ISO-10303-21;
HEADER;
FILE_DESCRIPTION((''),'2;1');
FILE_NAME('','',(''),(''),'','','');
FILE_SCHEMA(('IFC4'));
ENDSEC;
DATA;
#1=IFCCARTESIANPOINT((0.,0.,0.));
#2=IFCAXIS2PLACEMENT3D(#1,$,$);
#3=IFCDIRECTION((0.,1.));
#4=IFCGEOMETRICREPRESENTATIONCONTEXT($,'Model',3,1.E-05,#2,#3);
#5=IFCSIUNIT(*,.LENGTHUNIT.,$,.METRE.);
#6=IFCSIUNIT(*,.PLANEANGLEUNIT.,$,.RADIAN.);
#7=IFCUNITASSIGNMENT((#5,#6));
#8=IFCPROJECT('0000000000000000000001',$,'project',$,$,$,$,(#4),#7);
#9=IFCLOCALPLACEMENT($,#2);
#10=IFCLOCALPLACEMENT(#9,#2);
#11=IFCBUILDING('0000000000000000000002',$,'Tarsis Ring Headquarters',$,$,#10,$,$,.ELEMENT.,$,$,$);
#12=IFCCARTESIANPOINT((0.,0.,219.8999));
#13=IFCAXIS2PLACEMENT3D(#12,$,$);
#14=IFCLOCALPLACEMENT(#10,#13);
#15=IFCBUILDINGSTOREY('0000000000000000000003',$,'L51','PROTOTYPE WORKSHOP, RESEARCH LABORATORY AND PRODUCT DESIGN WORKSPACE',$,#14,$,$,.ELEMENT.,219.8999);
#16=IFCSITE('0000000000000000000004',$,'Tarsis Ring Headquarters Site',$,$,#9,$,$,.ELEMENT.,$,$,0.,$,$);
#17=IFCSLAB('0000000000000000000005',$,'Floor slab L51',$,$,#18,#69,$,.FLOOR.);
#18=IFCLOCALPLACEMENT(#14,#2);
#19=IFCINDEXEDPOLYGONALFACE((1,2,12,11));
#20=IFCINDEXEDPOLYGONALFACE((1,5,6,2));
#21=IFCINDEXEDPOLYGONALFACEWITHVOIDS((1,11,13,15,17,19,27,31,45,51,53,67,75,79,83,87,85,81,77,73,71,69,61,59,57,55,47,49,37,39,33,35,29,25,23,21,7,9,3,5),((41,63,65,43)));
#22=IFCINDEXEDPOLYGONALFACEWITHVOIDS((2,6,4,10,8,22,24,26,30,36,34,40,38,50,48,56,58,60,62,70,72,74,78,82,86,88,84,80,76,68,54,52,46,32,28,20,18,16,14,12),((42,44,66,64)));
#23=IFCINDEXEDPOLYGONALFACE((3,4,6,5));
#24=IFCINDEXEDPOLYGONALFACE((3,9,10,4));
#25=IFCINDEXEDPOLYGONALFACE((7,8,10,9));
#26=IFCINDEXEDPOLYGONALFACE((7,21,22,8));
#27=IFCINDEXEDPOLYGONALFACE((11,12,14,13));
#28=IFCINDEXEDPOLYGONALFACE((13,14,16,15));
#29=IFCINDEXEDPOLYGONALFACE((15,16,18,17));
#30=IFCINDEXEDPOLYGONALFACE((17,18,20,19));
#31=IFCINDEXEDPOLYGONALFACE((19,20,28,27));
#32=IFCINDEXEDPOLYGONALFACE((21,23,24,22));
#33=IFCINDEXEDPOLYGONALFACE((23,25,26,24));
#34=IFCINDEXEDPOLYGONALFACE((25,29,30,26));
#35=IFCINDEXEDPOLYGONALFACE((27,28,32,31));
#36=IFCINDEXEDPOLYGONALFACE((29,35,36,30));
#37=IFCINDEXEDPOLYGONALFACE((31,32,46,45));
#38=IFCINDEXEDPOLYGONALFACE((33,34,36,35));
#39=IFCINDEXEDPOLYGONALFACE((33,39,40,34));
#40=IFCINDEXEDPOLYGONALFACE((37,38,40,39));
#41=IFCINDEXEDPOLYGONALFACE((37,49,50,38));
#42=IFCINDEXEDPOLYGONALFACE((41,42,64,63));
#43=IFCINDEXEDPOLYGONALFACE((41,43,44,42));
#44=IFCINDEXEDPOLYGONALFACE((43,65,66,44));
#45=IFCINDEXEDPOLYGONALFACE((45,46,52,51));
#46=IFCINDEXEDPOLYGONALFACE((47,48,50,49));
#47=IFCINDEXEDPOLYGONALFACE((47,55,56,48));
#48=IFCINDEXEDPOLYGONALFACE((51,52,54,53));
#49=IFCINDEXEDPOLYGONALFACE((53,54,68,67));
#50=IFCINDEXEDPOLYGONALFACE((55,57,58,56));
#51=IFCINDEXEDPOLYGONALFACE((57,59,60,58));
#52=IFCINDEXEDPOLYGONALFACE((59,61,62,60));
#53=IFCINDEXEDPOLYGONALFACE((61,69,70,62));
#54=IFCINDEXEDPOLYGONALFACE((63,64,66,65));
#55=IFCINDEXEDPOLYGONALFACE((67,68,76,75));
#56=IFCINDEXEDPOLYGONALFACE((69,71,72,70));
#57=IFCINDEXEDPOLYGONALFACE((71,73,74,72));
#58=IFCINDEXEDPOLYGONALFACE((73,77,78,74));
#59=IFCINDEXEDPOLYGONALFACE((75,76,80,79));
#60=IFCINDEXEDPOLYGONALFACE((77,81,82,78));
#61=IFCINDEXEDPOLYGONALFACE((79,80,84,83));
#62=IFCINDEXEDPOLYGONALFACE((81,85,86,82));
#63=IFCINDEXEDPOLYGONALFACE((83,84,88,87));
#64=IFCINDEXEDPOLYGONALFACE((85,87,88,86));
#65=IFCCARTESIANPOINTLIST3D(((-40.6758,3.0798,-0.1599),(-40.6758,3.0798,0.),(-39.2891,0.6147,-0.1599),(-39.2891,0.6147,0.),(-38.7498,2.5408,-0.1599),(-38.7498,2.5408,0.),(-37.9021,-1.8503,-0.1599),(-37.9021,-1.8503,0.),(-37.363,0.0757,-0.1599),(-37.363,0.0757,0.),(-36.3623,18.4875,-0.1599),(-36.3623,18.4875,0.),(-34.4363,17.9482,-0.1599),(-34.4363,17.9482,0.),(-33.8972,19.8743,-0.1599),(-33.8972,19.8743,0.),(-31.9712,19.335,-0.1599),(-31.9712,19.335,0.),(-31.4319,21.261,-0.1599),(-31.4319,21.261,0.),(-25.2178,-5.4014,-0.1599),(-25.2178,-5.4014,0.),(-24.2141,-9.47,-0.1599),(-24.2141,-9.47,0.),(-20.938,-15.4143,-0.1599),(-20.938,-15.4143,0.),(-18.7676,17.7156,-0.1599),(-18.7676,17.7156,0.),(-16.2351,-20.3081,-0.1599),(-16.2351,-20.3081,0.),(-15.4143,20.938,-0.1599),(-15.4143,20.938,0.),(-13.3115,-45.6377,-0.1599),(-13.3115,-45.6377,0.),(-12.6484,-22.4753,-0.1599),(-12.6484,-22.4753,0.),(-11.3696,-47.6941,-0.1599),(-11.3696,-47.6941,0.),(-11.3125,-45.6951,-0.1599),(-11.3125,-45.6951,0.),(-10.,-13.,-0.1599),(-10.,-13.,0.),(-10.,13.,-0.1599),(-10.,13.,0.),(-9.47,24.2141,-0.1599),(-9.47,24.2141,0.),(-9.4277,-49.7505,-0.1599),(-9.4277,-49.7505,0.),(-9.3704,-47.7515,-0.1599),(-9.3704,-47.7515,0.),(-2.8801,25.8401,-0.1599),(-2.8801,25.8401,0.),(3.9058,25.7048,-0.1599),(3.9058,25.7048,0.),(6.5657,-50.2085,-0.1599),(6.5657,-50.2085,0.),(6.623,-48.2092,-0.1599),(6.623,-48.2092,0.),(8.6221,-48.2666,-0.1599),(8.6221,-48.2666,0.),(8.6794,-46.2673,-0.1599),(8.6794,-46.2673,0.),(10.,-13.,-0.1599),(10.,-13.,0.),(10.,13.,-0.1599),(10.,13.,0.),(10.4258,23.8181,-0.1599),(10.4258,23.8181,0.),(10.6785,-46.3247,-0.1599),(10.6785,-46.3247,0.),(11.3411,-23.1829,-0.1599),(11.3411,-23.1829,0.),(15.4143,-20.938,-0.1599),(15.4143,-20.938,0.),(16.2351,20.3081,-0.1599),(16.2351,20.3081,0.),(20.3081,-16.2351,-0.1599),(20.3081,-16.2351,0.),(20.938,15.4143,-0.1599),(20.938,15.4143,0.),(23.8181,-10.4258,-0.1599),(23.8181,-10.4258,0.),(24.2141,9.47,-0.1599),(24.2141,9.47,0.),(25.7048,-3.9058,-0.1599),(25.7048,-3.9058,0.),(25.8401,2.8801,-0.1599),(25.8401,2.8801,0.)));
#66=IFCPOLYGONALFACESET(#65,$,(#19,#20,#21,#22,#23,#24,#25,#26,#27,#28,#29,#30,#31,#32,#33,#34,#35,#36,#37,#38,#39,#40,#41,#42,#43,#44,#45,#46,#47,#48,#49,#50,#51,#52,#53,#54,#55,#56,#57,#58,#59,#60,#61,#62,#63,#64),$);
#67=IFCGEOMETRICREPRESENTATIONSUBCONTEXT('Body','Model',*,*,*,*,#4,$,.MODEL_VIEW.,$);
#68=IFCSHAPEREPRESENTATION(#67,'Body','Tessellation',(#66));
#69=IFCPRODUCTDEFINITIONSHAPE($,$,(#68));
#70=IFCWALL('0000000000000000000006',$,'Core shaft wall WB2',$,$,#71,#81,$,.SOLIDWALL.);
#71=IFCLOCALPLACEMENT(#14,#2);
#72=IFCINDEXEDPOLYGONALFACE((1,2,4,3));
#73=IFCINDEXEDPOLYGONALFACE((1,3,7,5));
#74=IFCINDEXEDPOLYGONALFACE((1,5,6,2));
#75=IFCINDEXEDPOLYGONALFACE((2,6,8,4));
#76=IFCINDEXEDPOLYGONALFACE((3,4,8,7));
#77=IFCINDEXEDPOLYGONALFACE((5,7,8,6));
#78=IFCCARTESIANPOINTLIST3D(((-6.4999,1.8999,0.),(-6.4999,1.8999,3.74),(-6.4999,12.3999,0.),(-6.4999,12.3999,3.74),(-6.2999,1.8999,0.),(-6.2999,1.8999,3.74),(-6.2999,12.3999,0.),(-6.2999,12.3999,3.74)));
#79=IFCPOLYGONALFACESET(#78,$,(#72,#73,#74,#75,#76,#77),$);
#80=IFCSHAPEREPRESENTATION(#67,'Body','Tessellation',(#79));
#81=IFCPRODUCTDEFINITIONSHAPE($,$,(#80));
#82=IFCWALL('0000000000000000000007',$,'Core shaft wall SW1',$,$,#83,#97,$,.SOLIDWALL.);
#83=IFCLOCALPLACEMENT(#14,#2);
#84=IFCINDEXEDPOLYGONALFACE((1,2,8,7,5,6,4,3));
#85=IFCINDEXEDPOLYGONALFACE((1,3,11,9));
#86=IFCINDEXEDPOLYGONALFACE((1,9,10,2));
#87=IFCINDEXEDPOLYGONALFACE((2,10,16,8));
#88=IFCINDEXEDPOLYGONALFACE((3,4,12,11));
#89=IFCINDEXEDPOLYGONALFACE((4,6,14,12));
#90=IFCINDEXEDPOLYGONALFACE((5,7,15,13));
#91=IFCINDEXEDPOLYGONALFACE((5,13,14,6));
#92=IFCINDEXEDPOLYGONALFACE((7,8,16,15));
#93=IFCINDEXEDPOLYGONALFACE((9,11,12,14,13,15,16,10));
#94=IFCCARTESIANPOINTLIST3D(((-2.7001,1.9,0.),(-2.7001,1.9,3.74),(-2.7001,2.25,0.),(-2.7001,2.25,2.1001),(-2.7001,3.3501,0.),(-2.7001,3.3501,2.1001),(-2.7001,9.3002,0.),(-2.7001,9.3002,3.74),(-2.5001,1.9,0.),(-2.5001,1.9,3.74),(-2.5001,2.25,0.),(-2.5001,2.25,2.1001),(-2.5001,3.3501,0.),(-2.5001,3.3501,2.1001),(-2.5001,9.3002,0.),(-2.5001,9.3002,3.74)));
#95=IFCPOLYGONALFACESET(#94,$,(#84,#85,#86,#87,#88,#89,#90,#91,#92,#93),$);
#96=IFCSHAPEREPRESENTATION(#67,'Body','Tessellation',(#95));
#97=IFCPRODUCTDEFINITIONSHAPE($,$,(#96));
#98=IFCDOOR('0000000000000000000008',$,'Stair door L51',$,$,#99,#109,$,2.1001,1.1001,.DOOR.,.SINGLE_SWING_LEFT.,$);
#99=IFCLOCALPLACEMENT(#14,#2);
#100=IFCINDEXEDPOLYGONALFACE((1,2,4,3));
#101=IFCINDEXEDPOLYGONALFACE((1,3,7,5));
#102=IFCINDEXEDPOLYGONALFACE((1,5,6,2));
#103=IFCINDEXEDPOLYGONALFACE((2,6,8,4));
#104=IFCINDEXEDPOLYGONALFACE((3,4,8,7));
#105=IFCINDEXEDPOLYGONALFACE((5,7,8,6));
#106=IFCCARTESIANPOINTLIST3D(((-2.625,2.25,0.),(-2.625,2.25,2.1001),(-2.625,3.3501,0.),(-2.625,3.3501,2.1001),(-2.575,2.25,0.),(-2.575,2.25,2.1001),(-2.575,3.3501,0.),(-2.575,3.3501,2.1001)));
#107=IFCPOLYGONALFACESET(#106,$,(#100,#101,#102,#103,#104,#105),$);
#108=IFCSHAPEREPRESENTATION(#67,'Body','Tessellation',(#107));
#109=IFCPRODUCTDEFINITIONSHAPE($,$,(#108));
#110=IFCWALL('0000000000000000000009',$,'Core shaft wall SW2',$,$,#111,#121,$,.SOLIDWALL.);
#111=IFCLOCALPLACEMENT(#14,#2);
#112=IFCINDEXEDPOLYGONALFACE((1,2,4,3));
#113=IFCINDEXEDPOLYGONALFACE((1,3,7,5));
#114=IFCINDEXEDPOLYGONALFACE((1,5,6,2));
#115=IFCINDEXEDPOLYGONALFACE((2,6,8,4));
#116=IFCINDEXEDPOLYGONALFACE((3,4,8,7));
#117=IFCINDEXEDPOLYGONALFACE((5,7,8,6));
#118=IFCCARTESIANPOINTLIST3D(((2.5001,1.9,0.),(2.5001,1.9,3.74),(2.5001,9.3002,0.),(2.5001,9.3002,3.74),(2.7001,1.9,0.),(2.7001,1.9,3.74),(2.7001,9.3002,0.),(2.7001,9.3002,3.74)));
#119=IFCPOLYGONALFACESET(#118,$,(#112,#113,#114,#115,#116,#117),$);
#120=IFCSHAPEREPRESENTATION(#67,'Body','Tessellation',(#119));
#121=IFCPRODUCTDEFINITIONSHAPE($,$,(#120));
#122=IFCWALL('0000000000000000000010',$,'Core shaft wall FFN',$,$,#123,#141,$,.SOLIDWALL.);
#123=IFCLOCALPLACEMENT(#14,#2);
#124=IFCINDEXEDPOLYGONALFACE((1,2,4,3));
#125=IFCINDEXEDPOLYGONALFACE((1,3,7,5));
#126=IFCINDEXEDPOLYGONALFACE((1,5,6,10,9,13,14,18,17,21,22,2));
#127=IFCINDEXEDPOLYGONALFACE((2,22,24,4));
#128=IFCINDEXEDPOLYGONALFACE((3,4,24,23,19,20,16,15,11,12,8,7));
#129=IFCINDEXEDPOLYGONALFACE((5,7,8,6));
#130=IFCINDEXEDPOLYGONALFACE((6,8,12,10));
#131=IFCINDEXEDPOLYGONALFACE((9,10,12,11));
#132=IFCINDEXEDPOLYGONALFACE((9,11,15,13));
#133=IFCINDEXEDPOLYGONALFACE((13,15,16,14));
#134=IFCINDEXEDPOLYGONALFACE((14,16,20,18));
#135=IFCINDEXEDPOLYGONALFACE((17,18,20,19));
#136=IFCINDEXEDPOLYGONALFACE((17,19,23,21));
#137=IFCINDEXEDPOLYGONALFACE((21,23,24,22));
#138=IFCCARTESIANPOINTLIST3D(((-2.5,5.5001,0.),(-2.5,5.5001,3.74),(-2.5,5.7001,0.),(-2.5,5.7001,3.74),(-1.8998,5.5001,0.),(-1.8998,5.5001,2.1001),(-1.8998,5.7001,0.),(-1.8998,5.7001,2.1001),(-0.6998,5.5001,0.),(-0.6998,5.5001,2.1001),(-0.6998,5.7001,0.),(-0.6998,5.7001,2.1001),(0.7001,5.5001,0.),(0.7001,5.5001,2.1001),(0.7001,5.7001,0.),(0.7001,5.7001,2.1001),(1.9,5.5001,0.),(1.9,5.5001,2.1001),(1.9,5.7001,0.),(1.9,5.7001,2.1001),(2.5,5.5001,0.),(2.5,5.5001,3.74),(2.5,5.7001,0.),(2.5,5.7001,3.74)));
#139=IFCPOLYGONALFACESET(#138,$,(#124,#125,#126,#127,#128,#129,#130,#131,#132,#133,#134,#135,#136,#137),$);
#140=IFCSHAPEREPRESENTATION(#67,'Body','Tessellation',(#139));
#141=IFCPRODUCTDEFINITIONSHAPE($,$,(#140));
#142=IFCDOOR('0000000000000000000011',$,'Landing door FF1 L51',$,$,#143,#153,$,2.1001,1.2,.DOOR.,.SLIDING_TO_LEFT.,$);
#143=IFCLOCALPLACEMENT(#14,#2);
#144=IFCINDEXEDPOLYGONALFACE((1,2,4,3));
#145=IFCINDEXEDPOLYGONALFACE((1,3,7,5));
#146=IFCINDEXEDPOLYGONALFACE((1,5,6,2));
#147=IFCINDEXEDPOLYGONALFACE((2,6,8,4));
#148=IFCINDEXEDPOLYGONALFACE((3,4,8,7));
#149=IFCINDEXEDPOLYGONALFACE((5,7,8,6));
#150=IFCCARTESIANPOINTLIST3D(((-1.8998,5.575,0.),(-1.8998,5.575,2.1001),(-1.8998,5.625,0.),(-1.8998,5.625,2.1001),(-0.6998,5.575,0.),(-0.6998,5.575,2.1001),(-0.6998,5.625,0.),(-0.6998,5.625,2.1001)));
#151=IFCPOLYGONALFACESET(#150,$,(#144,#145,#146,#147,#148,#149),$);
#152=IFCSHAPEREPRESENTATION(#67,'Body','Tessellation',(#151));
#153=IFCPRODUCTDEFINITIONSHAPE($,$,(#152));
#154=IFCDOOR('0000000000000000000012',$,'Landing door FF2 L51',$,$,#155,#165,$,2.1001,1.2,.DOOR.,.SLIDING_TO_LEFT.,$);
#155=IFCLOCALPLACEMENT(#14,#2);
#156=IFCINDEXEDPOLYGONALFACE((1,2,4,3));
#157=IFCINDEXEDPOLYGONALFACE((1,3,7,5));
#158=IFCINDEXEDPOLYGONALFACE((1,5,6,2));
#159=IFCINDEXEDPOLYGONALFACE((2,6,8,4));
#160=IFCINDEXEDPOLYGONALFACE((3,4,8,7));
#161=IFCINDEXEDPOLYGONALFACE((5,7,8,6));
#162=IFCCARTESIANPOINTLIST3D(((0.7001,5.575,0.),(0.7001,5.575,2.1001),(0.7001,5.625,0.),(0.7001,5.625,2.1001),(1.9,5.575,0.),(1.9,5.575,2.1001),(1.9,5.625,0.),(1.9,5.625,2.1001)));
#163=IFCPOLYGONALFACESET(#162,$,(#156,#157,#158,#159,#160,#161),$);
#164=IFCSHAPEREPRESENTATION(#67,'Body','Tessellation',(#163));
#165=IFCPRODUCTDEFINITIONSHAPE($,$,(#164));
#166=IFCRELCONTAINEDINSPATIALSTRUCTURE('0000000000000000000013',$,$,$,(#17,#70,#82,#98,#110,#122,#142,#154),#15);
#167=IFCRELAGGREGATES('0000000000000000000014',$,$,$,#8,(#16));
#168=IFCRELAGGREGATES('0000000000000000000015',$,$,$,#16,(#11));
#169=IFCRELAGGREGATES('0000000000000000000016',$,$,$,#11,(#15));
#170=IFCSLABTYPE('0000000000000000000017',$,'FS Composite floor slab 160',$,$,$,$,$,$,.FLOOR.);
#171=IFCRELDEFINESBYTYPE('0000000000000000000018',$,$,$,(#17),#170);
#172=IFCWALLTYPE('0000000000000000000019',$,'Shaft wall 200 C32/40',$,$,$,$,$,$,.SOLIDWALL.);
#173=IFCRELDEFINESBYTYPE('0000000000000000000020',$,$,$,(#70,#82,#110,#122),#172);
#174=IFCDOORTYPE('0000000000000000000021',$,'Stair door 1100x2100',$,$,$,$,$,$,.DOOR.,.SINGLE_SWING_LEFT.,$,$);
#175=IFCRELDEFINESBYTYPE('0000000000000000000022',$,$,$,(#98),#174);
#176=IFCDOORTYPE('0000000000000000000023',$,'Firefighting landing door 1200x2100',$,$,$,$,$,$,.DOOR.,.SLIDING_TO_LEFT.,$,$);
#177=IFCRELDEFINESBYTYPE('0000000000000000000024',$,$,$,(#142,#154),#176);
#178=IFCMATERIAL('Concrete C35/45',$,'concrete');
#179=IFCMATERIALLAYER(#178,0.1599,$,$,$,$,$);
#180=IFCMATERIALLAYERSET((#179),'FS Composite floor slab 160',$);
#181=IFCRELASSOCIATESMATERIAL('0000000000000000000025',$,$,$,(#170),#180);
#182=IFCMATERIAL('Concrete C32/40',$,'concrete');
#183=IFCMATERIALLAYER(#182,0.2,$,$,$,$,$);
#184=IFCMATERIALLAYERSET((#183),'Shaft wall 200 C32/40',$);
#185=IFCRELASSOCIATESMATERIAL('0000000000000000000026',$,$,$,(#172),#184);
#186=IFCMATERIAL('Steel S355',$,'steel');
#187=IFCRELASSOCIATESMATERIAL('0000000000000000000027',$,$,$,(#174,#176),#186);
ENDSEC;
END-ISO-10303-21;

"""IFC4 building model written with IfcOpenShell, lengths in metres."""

from ifc_helpers import new_model, si_unit, direction, frame, frame_2d, origin, place, context, subcontext, project, spatial, polyline, rectangle, outline, extrude, material, layer, layer_set, type_object, element, fill, save


model = new_model("IFC4")

# Units and contexts
model_context = context("Model", 3, precision=1e-05, world=origin(), true_north=direction((0.0, 1.0)))
body_context = subcontext(model_context, "Body", "Model", "MODEL_VIEW")
ifc_project = project(units=[si_unit("LENGTHUNIT", "METRE"), si_unit("PLANEANGLEUNIT", "RADIAN")], contexts=[model_context])

# Site, building, storey
site_placement = place(None, origin())
site = spatial("IfcSite", under=ifc_project, at=site_placement, Name="Tarsis Ring Headquarters Site", CompositionType="ELEMENT", RefElevation=0.0)
building_placement = place(site_placement, origin())
building = spatial("IfcBuilding", under=site, at=building_placement, Name="Tarsis Ring Headquarters", CompositionType="ELEMENT")
storey_placement = place(building_placement, frame((0.0, 0.0, 219.8999)))
storey = spatial("IfcBuildingStorey", under=building, at=storey_placement, Name="L51", Description="PROTOTYPE WORKSHOP, RESEARCH LABORATORY AND PRODUCT DESIGN WORKSPACE", CompositionType="ELEMENT", Elevation=219.8999)

# Slab
ifc_material_1 = material(Name="Concrete C35/45", Category="concrete")
ifc_layer_1 = layer(ifc_material_1, 0.1599)
ifc_layer_set_1 = layer_set([ifc_layer_1], Name="FS Composite floor slab 160")
slab_type_1 = type_object("IfcSlabType", Name="FS Composite floor slab 160", PredefinedType="FLOOR", material=ifc_layer_set_1)
slab_1_placement = place(storey_placement, frame((0.0, 0.0, -0.1599)))
element("IfcSlab", 1, at=slab_1_placement, inside=storey, type_object=slab_type_1, Name="Floor slab L51", PredefinedType="FLOOR", context=body_context, shape_type="SweptSolid", body=[
    extrude(outline(polyline([(-25.2178, -5.4014), (-24.2141, -9.47), (-20.938, -15.4143), (-16.2351, -20.3081), (-12.6484, -22.4753), (-13.3115, -45.6377), (-11.3125, -45.6951), (-11.3696, -47.6941), (-9.3704, -47.7515), (-9.4277, -49.7505), (6.5657, -50.2085), (6.623, -48.2092), (8.6221, -48.2666), (8.6794, -46.2673), (10.6785, -46.3247), (11.3411, -23.1829), (15.4143, -20.938), (20.3081, -16.2351), (23.8181, -10.4258), (25.7048, -3.9058), (25.8401, 2.8801), (24.2141, 9.47), (20.938, 15.4143), (16.2351, 20.3081), (10.4258, 23.8181), (3.9058, 25.7048), (-2.8801, 25.8401), (-9.47, 24.2141), (-15.4143, 20.938), (-18.7676, 17.7156), (-31.4319, 21.261), (-31.9712, 19.335), (-33.8972, 19.8743), (-34.4363, 17.9482), (-36.3623, 18.4875), (-40.6758, 3.0798), (-38.7498, 2.5408), (-39.2891, 0.6147), (-37.363, 0.0757), (-37.9021, -1.8503), (-25.2178, -5.4014)]), holes=[polyline([(-10.0, -13.0), (-10.0, 13.0), (10.0, 13.0), (10.0, -13.0), (-10.0, -13.0)])]), origin(), (0.0, 0.0, 1.0), 0.1599),
])

# Wall
ifc_material_2 = material(Name="Concrete C32/40", Category="concrete")
ifc_layer_2 = layer(ifc_material_2, 0.2)
ifc_layer_set_2 = layer_set([ifc_layer_2], Name="Shaft wall 200 C32/40")
wall_type = type_object("IfcWallType", Name="Shaft wall 200 C32/40", PredefinedType="SOLIDWALL", material=ifc_layer_set_2)
wall_1_placement = place(storey_placement, frame((-6.3999, 1.8999, 0.0), z_axis=(0.0, 0.0, 1.0), x_axis=(0.0, 1.0, 0.0)))
element("IfcWall", 2, at=wall_1_placement, inside=storey, type_object=wall_type, Name="Core shaft wall WB2", PredefinedType="SOLIDWALL", context=body_context, shape_type="SweptSolid", body=[
    extrude(rectangle(XDim=10.5, YDim=0.2, at=frame_2d((5.25, 0.0))), origin(), (0.0, 0.0, 1.0), 3.74),
])

# Wall, opening, door
wall_2_placement = place(storey_placement, frame((-2.6001, 1.8999, 0.0), z_axis=(0.0, 0.0, 1.0), x_axis=(0.0, 1.0, 0.0)))
wall_2 = element("IfcWall", 3, at=wall_2_placement, inside=storey, type_object=wall_type, Name="Core shaft wall SW1", PredefinedType="SOLIDWALL", context=body_context, shape_type="SweptSolid", body=[
    extrude(rectangle(XDim=7.4001, YDim=0.2, at=frame_2d((3.7002, 0.0))), origin(), (0.0, 0.0, 1.0), 3.74),
])
opening_1_placement = place(wall_2_placement, frame((0.3501, 0.0, 0.0)))
opening_1 = element("IfcOpeningElement", 4, at=opening_1_placement, cuts=wall_2, PredefinedType="OPENING", context=body_context, shape_type="SweptSolid", body=[
    extrude(rectangle(XDim=1.1001, YDim=2.1001, at=frame_2d((0.55, 1.05))), frame((0.0, 0.1099, 0.0), z_axis=(0.0, -1.0, 0.0), x_axis=(1.0, 0.0, 0.0)), (0.0, 0.0, 1.0), 0.22),
])
ifc_material_3 = material(Name="Steel S355", Category="steel")
door_type_1 = type_object("IfcDoorType", Name="Stair door 1100x2100", OperationType="SINGLE_SWING_LEFT", PredefinedType="DOOR", material=ifc_material_3)
door_1_placement = place(opening_1_placement, origin())
door_1 = element("IfcDoor", 5, at=door_1_placement, inside=storey, type_object=door_type_1, Name="Stair door L51", OperationType="SINGLE_SWING_LEFT", OverallHeight=2.1001, OverallWidth=1.1001, PredefinedType="DOOR", context=body_context, shape_type="SweptSolid", body=[
    extrude(rectangle(XDim=1.1001, YDim=2.1001, at=frame_2d((0.55, 1.05))), frame((0.0, 0.0249, 0.0), z_axis=(0.0, -1.0, 0.0), x_axis=(1.0, 0.0, 0.0)), (0.0, 0.0, 1.0), 0.05),
])
fill(opening_1, door_1)

# Wall
wall_3_placement = place(storey_placement, frame((2.6001, 1.8999, 0.0), z_axis=(0.0, 0.0, 1.0), x_axis=(0.0, 1.0, 0.0)))
element("IfcWall", 6, at=wall_3_placement, inside=storey, type_object=wall_type, Name="Core shaft wall SW2", PredefinedType="SOLIDWALL", context=body_context, shape_type="SweptSolid", body=[
    extrude(rectangle(XDim=7.4001, YDim=0.2, at=frame_2d((3.7002, 0.0))), origin(), (0.0, 0.0, 1.0), 3.74),
])

# Wall, openings, doors
wall_4_placement = place(storey_placement, frame((-2.5, 5.6001, 0.0), z_axis=(0.0, 0.0, 1.0), x_axis=(1.0, 0.0, 0.0)))
wall_4 = element("IfcWall", 7, at=wall_4_placement, inside=storey, type_object=wall_type, Name="Core shaft wall FFN", PredefinedType="SOLIDWALL", context=body_context, shape_type="SweptSolid", body=[
    extrude(rectangle(XDim=5.0, YDim=0.2, at=frame_2d((2.5, 0.0))), origin(), (0.0, 0.0, 1.0), 3.74),
])
opening_2_placement = place(wall_4_placement, frame((0.6001, 0.0, 0.0)))
opening_2 = element("IfcOpeningElement", 8, at=opening_2_placement, cuts=wall_4, PredefinedType="OPENING", context=body_context, shape_type="SweptSolid", body=[
    extrude(rectangle(XDim=1.2, YDim=2.1001, at=frame_2d((0.6001, 1.05))), frame((0.0, 0.1099, 0.0), z_axis=(0.0, -1.0, 0.0), x_axis=(1.0, 0.0, 0.0)), (0.0, 0.0, 1.0), 0.22),
])
opening_3_placement = place(wall_4_placement, frame((3.2, 0.0, 0.0)))
opening_3 = element("IfcOpeningElement", 9, at=opening_3_placement, cuts=wall_4, PredefinedType="OPENING", context=body_context, shape_type="SweptSolid", body=[
    extrude(rectangle(XDim=1.2, YDim=2.1001, at=frame_2d((0.6001, 1.05))), frame((0.0, 0.1099, 0.0), z_axis=(0.0, -1.0, 0.0), x_axis=(1.0, 0.0, 0.0)), (0.0, 0.0, 1.0), 0.22),
])
door_type_2 = type_object("IfcDoorType", Name="Firefighting landing door 1200x2100", OperationType="SLIDING_TO_LEFT", PredefinedType="DOOR", material=ifc_material_3)
door_2_placement = place(opening_2_placement, origin())
door_2 = element("IfcDoor", 10, at=door_2_placement, inside=storey, type_object=door_type_2, Name="Landing door FF1 L51", OperationType="SLIDING_TO_LEFT", OverallHeight=2.1001, OverallWidth=1.2, PredefinedType="DOOR", context=body_context, shape_type="SweptSolid", body=[
    extrude(rectangle(XDim=1.2, YDim=2.1001, at=frame_2d((0.6001, 1.05))), frame((0.0, 0.0249, 0.0), z_axis=(0.0, -1.0, 0.0), x_axis=(1.0, 0.0, 0.0)), (0.0, 0.0, 1.0), 0.05),
])
fill(opening_2, door_2)
door_3_placement = place(opening_3_placement, origin())
door_3 = element("IfcDoor", 11, at=door_3_placement, inside=storey, type_object=door_type_2, Name="Landing door FF2 L51", OperationType="SLIDING_TO_LEFT", OverallHeight=2.1001, OverallWidth=1.2, PredefinedType="DOOR", context=body_context, shape_type="SweptSolid", body=[
    extrude(rectangle(XDim=1.2, YDim=2.1001, at=frame_2d((0.6001, 1.05))), frame((0.0, 0.0249, 0.0), z_axis=(0.0, -1.0, 0.0), x_axis=(1.0, 0.0, 0.0)), (0.0, 0.0, 1.0), 0.05),
])
fill(opening_3, door_3)

save(model, "model.ifc")
